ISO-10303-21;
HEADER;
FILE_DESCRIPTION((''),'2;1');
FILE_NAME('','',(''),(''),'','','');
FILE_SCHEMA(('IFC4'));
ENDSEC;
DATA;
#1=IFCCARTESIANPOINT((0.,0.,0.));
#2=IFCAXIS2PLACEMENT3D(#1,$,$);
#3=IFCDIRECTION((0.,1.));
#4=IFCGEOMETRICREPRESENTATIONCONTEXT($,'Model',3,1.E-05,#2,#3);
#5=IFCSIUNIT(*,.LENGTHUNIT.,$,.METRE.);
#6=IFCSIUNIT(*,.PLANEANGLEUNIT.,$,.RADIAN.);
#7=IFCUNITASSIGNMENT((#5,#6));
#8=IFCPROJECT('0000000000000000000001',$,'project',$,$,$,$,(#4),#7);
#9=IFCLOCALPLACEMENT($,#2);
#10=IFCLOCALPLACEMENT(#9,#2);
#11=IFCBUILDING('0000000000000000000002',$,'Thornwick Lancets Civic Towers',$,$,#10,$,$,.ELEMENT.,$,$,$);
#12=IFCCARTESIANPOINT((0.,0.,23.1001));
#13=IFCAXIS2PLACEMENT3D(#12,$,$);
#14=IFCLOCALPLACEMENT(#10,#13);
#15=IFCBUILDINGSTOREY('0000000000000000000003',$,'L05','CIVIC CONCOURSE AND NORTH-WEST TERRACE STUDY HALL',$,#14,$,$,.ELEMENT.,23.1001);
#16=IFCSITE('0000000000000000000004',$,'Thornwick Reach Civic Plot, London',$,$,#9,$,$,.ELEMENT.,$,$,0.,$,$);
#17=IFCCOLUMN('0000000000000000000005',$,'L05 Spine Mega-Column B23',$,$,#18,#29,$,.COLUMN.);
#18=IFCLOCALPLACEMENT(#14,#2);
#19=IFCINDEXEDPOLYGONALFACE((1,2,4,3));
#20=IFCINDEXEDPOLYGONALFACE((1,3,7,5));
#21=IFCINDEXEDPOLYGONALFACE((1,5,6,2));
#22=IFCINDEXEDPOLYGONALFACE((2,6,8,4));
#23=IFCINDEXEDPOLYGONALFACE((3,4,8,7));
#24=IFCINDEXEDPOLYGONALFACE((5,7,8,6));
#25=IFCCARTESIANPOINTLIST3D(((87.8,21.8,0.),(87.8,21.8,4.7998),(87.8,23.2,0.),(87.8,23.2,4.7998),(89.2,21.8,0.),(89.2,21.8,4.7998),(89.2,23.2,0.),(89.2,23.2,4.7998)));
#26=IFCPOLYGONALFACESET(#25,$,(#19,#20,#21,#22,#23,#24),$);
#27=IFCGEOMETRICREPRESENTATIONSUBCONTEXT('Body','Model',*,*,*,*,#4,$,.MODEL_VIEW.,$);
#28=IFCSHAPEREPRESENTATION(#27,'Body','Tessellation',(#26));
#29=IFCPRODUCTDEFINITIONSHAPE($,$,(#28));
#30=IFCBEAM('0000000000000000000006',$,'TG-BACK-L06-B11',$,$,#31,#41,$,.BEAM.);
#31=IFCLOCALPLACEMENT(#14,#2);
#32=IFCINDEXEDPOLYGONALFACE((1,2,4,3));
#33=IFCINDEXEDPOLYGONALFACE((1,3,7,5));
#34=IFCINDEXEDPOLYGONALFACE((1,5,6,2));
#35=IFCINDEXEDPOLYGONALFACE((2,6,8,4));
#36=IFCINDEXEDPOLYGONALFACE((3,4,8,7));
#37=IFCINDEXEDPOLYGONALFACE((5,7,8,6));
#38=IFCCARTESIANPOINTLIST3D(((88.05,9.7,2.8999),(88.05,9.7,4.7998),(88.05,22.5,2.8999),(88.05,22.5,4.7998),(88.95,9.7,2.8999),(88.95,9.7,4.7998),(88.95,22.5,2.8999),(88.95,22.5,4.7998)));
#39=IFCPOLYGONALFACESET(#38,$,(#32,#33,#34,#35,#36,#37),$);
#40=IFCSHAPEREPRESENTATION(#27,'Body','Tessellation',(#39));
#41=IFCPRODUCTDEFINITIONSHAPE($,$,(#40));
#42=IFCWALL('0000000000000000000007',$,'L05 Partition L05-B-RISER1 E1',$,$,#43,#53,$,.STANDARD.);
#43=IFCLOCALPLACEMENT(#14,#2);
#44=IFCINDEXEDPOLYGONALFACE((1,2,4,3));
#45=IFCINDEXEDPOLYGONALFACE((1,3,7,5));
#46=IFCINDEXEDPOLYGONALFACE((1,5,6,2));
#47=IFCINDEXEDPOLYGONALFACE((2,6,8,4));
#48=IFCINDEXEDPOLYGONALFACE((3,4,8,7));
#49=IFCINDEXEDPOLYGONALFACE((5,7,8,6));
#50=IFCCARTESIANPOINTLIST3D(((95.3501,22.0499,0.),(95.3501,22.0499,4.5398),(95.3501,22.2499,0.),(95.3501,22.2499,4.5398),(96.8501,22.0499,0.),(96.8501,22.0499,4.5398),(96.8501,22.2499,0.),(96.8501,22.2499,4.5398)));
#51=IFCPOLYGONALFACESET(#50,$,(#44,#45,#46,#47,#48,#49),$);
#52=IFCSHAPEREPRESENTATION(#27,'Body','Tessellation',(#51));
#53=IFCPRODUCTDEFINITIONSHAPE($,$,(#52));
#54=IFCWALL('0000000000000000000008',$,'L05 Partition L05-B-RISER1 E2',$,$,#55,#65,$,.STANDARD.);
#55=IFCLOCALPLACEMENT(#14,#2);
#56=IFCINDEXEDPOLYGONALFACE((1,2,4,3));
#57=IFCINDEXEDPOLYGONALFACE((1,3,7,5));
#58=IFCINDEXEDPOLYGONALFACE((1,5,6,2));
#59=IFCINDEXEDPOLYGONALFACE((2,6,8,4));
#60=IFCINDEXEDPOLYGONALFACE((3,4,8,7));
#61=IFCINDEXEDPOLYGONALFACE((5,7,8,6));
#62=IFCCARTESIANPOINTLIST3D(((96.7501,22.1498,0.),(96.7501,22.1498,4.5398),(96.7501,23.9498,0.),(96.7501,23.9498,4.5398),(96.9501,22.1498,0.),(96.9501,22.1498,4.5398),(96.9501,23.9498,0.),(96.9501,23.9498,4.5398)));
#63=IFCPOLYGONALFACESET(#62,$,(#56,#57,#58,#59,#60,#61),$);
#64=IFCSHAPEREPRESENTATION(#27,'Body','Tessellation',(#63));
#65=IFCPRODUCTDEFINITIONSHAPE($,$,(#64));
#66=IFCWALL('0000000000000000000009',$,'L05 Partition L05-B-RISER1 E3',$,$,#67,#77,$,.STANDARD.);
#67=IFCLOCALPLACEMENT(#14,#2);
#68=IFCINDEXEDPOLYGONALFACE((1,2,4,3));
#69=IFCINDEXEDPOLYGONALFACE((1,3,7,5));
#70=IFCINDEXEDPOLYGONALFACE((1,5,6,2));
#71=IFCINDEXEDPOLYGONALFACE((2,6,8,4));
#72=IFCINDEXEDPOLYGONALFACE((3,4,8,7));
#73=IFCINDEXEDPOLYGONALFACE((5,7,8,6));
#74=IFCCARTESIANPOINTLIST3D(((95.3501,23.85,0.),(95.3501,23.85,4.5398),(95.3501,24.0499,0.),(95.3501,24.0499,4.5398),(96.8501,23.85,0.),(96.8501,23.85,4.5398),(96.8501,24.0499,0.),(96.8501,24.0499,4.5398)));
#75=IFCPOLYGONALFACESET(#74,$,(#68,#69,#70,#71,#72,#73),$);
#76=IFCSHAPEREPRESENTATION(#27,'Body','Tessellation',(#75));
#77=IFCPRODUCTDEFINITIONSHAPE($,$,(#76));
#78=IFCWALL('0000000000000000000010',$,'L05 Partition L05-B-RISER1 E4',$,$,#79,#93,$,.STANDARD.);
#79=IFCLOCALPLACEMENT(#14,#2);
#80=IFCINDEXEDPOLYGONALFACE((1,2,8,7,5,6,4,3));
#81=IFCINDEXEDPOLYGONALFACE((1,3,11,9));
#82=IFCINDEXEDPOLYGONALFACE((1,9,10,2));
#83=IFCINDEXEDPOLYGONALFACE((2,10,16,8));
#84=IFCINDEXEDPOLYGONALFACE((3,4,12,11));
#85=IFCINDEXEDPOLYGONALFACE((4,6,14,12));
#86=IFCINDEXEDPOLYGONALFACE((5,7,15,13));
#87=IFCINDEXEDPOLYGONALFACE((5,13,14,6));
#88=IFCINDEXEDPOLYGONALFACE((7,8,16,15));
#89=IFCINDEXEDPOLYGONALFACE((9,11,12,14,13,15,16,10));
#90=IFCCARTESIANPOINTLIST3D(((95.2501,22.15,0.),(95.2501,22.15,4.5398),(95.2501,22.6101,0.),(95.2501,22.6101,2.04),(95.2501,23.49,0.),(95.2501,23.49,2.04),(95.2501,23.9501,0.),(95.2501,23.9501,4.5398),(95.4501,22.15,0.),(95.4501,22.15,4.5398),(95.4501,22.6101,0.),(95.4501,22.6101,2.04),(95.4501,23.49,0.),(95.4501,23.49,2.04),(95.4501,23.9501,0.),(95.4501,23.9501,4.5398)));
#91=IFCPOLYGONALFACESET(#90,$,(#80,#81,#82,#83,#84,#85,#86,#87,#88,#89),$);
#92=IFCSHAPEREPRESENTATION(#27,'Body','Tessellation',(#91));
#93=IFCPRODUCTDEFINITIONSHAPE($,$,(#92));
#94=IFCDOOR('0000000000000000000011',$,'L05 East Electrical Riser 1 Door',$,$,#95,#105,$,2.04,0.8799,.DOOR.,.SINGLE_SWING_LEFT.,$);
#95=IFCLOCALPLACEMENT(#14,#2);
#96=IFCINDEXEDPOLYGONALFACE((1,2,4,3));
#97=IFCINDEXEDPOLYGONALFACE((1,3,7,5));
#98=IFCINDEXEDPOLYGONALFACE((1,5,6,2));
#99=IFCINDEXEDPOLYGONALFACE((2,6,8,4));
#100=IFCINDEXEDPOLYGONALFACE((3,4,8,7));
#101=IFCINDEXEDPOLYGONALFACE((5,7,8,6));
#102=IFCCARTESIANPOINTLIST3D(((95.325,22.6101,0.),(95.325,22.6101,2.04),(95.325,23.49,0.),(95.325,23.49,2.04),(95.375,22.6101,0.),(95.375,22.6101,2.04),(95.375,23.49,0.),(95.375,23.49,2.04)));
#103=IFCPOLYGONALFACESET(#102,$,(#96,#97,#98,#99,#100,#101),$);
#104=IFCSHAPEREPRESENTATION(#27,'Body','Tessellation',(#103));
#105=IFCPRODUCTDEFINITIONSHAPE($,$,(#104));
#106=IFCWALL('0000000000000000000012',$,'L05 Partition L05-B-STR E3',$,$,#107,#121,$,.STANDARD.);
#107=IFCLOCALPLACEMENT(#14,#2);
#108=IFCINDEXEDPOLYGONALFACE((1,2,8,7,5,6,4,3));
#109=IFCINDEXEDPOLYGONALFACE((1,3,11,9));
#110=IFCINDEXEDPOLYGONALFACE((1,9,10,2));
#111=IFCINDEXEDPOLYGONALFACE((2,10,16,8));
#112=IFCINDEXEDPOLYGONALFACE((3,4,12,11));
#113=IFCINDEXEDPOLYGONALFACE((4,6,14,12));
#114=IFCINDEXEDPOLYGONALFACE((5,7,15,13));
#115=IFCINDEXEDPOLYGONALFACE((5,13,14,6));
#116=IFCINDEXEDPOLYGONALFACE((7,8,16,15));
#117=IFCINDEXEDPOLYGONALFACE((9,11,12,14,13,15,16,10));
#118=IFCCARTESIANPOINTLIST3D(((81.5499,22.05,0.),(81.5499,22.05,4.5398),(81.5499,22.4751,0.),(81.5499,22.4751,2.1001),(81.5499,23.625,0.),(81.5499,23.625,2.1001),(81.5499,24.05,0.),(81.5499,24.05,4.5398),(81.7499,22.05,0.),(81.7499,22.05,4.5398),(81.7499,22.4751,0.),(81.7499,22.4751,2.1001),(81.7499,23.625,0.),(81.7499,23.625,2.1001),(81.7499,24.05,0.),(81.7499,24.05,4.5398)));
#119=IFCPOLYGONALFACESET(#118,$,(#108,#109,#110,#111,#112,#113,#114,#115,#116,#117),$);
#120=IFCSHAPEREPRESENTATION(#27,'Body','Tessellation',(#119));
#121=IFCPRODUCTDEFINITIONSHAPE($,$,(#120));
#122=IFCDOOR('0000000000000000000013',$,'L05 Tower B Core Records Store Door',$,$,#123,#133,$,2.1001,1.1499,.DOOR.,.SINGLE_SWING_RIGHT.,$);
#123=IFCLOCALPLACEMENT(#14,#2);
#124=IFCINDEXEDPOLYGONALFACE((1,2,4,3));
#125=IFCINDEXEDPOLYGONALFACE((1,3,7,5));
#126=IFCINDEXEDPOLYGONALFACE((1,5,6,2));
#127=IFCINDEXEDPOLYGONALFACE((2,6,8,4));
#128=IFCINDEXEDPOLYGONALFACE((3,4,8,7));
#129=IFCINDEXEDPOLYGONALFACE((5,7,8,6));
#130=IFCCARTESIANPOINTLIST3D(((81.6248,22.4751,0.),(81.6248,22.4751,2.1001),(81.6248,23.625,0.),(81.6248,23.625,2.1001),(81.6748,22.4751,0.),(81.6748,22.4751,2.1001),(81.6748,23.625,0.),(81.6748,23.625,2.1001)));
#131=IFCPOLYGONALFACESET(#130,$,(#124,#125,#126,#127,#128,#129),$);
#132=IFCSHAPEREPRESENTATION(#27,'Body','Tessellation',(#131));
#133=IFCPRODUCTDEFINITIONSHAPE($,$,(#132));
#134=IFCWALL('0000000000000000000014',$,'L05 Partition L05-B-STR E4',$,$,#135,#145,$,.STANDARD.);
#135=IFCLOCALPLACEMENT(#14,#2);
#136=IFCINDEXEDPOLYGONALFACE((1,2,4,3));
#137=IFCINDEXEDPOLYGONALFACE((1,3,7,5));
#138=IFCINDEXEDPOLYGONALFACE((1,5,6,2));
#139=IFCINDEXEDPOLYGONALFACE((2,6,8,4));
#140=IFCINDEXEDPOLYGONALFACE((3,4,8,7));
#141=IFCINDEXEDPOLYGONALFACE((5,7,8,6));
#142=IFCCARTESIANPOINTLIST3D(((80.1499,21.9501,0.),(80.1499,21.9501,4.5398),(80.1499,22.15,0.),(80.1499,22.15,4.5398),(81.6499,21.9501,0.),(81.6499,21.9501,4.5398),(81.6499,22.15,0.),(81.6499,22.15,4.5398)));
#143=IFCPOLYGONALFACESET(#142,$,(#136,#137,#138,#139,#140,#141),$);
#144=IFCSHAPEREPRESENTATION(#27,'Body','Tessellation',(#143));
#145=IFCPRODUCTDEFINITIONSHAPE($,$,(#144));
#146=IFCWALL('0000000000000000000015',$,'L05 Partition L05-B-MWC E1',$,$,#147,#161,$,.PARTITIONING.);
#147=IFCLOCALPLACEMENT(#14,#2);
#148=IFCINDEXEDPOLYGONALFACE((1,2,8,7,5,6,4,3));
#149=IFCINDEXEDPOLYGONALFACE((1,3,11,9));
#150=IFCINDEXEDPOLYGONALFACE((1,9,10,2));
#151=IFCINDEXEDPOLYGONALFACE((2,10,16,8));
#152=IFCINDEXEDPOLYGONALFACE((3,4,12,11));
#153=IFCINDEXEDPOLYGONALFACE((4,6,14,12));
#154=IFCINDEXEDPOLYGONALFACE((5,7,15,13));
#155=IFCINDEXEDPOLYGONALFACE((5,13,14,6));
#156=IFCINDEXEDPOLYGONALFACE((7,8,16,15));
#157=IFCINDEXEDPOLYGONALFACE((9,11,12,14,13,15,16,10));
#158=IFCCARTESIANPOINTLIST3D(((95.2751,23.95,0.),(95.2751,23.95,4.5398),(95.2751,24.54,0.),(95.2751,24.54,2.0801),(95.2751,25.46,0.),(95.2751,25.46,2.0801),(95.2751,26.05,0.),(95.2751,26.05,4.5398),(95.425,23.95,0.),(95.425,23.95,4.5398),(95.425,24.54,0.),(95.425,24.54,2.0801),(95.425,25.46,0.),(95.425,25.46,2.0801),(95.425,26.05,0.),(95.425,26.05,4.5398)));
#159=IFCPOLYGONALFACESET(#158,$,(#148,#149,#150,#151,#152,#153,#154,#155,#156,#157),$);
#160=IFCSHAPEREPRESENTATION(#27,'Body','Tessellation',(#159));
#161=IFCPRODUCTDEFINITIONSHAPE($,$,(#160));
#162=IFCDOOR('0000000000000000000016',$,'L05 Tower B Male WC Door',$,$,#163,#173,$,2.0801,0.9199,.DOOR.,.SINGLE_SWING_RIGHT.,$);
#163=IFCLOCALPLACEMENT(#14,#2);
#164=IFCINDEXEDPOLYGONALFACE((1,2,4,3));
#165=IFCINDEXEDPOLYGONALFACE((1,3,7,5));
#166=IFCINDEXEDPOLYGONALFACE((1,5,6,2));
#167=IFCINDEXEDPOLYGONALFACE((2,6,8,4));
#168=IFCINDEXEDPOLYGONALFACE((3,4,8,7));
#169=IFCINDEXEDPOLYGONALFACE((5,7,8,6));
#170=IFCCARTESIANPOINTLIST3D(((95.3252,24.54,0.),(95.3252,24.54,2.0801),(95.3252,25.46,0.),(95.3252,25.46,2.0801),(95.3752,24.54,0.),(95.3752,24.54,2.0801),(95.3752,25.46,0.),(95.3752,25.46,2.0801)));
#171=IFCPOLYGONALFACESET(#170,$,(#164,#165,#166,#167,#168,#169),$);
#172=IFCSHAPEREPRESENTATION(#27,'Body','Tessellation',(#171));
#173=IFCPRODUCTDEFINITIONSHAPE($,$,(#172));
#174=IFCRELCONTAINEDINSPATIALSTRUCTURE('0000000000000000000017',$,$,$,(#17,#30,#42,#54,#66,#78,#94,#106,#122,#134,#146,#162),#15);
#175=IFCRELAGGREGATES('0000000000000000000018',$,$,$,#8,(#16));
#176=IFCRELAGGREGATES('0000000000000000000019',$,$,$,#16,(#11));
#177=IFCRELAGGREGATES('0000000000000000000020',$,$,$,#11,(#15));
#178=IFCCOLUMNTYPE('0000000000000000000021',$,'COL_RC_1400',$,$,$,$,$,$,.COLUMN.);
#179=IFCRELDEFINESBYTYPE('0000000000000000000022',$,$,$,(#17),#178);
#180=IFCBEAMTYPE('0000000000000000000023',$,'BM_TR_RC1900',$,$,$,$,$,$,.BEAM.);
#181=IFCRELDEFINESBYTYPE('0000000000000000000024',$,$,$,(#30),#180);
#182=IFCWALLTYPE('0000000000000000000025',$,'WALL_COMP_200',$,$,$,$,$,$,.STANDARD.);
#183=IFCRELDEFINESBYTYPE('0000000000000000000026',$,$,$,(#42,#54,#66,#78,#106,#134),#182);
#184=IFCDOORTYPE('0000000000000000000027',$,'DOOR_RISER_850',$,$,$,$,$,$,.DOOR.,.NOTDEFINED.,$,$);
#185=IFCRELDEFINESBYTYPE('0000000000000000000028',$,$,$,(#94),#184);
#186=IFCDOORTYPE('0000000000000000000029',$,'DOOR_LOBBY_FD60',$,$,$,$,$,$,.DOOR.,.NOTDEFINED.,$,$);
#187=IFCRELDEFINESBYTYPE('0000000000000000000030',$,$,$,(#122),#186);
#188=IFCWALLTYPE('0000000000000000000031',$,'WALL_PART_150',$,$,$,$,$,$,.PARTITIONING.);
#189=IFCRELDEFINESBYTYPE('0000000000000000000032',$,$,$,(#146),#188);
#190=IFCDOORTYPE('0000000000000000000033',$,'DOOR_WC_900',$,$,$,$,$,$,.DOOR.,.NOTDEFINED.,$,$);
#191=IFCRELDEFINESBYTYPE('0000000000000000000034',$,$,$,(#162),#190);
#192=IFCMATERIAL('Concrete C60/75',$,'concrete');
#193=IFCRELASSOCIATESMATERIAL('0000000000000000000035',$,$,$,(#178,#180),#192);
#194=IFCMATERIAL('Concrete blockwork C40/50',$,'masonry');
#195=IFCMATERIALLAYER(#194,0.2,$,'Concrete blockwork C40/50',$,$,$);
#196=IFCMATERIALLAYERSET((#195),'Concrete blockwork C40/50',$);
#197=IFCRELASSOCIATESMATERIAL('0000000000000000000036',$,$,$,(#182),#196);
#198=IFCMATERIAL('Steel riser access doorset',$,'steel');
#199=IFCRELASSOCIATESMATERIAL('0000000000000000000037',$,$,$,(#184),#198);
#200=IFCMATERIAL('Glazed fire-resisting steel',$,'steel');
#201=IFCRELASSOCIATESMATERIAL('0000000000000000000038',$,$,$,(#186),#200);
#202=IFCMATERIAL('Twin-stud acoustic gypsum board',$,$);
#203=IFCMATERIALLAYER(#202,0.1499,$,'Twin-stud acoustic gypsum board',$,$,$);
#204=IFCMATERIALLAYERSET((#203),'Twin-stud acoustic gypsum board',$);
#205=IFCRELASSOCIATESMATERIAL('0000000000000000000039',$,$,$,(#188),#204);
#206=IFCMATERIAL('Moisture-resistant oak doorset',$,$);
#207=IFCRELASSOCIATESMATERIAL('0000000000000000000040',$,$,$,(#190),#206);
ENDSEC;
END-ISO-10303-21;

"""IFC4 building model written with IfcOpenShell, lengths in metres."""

from ifc_helpers import new_model, si_unit, direction, frame, frame_2d, origin, origin_2d, place, context, subcontext, project, spatial, rectangle, extrude, material, layer, layer_set, material_profile, profile_set, type_object, element, fill, save


model = new_model("IFC4")

# Units and contexts
model_context = context("Model", 3, precision=1e-05, world=origin(), true_north=direction((0.0, 1.0)))
body_context = subcontext(model_context, "Body", "Model", "MODEL_VIEW")
ifc_project = project(units=[si_unit("LENGTHUNIT", "METRE"), si_unit("PLANEANGLEUNIT", "RADIAN")], contexts=[model_context])

# Site, building, storey
site_placement = place(None, origin())
site = spatial("IfcSite", under=ifc_project, at=site_placement, Name="Thornwick Reach Civic Plot, London", CompositionType="ELEMENT", RefElevation=0.0)
building_placement = place(site_placement, origin())
building = spatial("IfcBuilding", under=site, at=building_placement, Name="Thornwick Lancets Civic Towers", CompositionType="ELEMENT")
storey_placement = place(building_placement, frame((0.0, 0.0, 23.1001)))
storey = spatial("IfcBuildingStorey", under=building, at=storey_placement, Name="L05", Description="CIVIC CONCOURSE AND NORTH-WEST TERRACE STUDY HALL", CompositionType="ELEMENT", Elevation=23.1001)

# Column
ifc_material_1 = material(Name="Concrete C60/75", Category="concrete")
ifc_material_profile_1 = material_profile(ifc_material_1, rectangle(XDim=1.3999, YDim=1.3999, at=origin_2d()), Name="RC 1400x1400")
ifc_profile_set_1 = profile_set([ifc_material_profile_1], Name="Concrete C60/75")
column_type = type_object("IfcColumnType", Name="COL_RC_1400", PredefinedType="COLUMN", material=ifc_profile_set_1)
column_placement = place(storey_placement, frame((88.5, 22.5, 0.0), z_axis=(0.0, 0.0, 1.0), x_axis=(1.0, 0.0, 0.0)))
element("IfcColumn", 1, at=column_placement, inside=storey, type_object=column_type, Name="L05 Spine Mega-Column B23", PredefinedType="COLUMN", context=body_context, shape_type="SweptSolid", body=[
    extrude(rectangle(XDim=1.3999, YDim=1.3999, at=origin_2d()), origin(), (0.0, 0.0, 1.0), 4.7998),
])

# Beam
ifc_material_profile_2 = material_profile(ifc_material_1, rectangle(XDim=0.8999, YDim=1.8999, at=origin_2d()), Name="RC 900x1900")
ifc_profile_set_2 = profile_set([ifc_material_profile_2], Name="Concrete C60/75")
beam_type = type_object("IfcBeamType", Name="BM_TR_RC1900", PredefinedType="BEAM", material=ifc_profile_set_2)
beam_placement = place(storey_placement, frame((88.5, 22.5, 3.8499), z_axis=(0.0, -1.0, 0.0), x_axis=(1.0, 0.0, 0.0)))
element("IfcBeam", 2, at=beam_placement, inside=storey, type_object=beam_type, Name="TG-BACK-L06-B11", PredefinedType="BEAM", context=body_context, shape_type="SweptSolid", body=[
    extrude(rectangle(XDim=0.8999, YDim=1.8999, at=origin_2d()), origin(), (0.0, 0.0, 1.0), 12.8),
])

# Walls
ifc_material_2 = material(Name="Concrete blockwork C40/50", Category="masonry")
ifc_layer_1 = layer(ifc_material_2, 0.2, Name="Concrete blockwork C40/50")
ifc_layer_set_1 = layer_set([ifc_layer_1], Name="Concrete blockwork C40/50")
wall_type_1 = type_object("IfcWallType", Name="WALL_COMP_200", PredefinedType="STANDARD", material=ifc_layer_set_1)
wall_1_placement = place(storey_placement, frame((95.3501, 22.1499, 0.0), z_axis=(0.0, 0.0, 1.0), x_axis=(1.0, 0.0, 0.0)))
element("IfcWall", 3, at=wall_1_placement, inside=storey, type_object=wall_type_1, Name="L05 Partition L05-B-RISER1 E1", PredefinedType="STANDARD", context=body_context, shape_type="SweptSolid", body=[
    extrude(rectangle(XDim=1.5, YDim=0.2, at=frame_2d((0.75, 0.0))), origin(), (0.0, 0.0, 1.0), 4.5398),
])
wall_2_placement = place(storey_placement, frame((96.8501, 22.1499, 0.0), z_axis=(0.0, 0.0, 1.0), x_axis=(0.0, 1.0, 0.0)))
element("IfcWall", 4, at=wall_2_placement, inside=storey, type_object=wall_type_1, Name="L05 Partition L05-B-RISER1 E2", PredefinedType="STANDARD", context=body_context, shape_type="SweptSolid", body=[
    extrude(rectangle(XDim=1.8, YDim=0.2, at=frame_2d((0.8999, 0.0))), origin(), (0.0, 0.0, 1.0), 4.5398),
])
wall_3_placement = place(storey_placement, frame((96.8501, 23.95, 0.0), z_axis=(0.0, 0.0, 1.0), x_axis=(-1.0, 0.0, 0.0)))
element("IfcWall", 5, at=wall_3_placement, inside=storey, type_object=wall_type_1, Name="L05 Partition L05-B-RISER1 E3", PredefinedType="STANDARD", context=body_context, shape_type="SweptSolid", body=[
    extrude(rectangle(XDim=1.5, YDim=0.2, at=frame_2d((0.75, 0.0))), origin(), (0.0, 0.0, 1.0), 4.5398),
])

# Walls, openings, doors
wall_4_placement = place(storey_placement, frame((95.3501, 23.95, 0.0), z_axis=(0.0, 0.0, 1.0), x_axis=(0.0, -1.0, 0.0)))
wall_4 = element("IfcWall", 6, at=wall_4_placement, inside=storey, type_object=wall_type_1, Name="L05 Partition L05-B-RISER1 E4", PredefinedType="STANDARD", context=body_context, shape_type="SweptSolid", body=[
    extrude(rectangle(XDim=1.8, YDim=0.2, at=frame_2d((0.8999, 0.0))), origin(), (0.0, 0.0, 1.0), 4.5398),
])
opening_1_placement = place(wall_4_placement, frame((0.46, 0.0, 0.0)))
opening_1 = element("IfcOpeningElement", 7, at=opening_1_placement, cuts=wall_4, PredefinedType="OPENING", context=body_context, shape_type="SweptSolid", body=[
    extrude(rectangle(XDim=0.8799, YDim=2.04, at=frame_2d((0.4399, 1.02))), frame((0.0, 0.1099, 0.0), z_axis=(0.0, -1.0, 0.0), x_axis=(1.0, 0.0, 0.0)), (0.0, 0.0, 1.0), 0.22),
])
ifc_material_3 = material(Name="Steel riser access doorset", Category="steel")
door_type_1 = type_object("IfcDoorType", Name="DOOR_RISER_850", OperationType="NOTDEFINED", PredefinedType="DOOR", material=ifc_material_3)
door_1_placement = place(opening_1_placement, origin())
door_1 = element("IfcDoor", 8, at=door_1_placement, inside=storey, type_object=door_type_1, Name="L05 East Electrical Riser 1 Door", OperationType="SINGLE_SWING_LEFT", OverallHeight=2.04, OverallWidth=0.8799, PredefinedType="DOOR", context=body_context, shape_type="SweptSolid", body=[
    extrude(rectangle(XDim=0.8799, YDim=2.04, at=frame_2d((0.4399, 1.02))), frame((0.0, 0.0249, 0.0), z_axis=(0.0, -1.0, 0.0), x_axis=(1.0, 0.0, 0.0)), (0.0, 0.0, 1.0), 0.05),
])
fill(opening_1, door_1)
wall_5_placement = place(storey_placement, frame((81.6499, 24.05, 0.0), z_axis=(0.0, 0.0, 1.0), x_axis=(0.0, -1.0, 0.0)))
wall_5 = element("IfcWall", 9, at=wall_5_placement, inside=storey, type_object=wall_type_1, Name="L05 Partition L05-B-STR E3", PredefinedType="STANDARD", context=body_context, shape_type="SweptSolid", body=[
    extrude(rectangle(XDim=2.0, YDim=0.2, at=frame_2d((1.0, 0.0))), origin(), (0.0, 0.0, 1.0), 4.5398),
])
opening_2_placement = place(wall_5_placement, frame((0.425, 0.0, 0.0)))
opening_2 = element("IfcOpeningElement", 10, at=opening_2_placement, cuts=wall_5, PredefinedType="OPENING", context=body_context, shape_type="SweptSolid", body=[
    extrude(rectangle(XDim=1.1499, YDim=2.1001, at=frame_2d((0.575, 1.05))), frame((0.0, 0.1099, 0.0), z_axis=(0.0, -1.0, 0.0), x_axis=(1.0, 0.0, 0.0)), (0.0, 0.0, 1.0), 0.22),
])
ifc_material_4 = material(Name="Glazed fire-resisting steel", Category="steel")
door_type_2 = type_object("IfcDoorType", Name="DOOR_LOBBY_FD60", OperationType="NOTDEFINED", PredefinedType="DOOR", material=ifc_material_4)
door_2_placement = place(opening_2_placement, origin())
door_2 = element("IfcDoor", 11, at=door_2_placement, inside=storey, type_object=door_type_2, Name="L05 Tower B Core Records Store Door", OperationType="SINGLE_SWING_RIGHT", OverallHeight=2.1001, OverallWidth=1.1499, PredefinedType="DOOR", context=body_context, shape_type="SweptSolid", body=[
    extrude(rectangle(XDim=1.1499, YDim=2.1001, at=frame_2d((0.575, 1.05))), frame((0.0, 0.0249, 0.0), z_axis=(0.0, -1.0, 0.0), x_axis=(1.0, 0.0, 0.0)), (0.0, 0.0, 1.0), 0.05),
])
fill(opening_2, door_2)

# Wall
wall_6_placement = place(storey_placement, frame((81.6499, 22.05, 0.0), z_axis=(0.0, 0.0, 1.0), x_axis=(-1.0, 0.0, 0.0)))
element("IfcWall", 12, at=wall_6_placement, inside=storey, type_object=wall_type_1, Name="L05 Partition L05-B-STR E4", PredefinedType="STANDARD", context=body_context, shape_type="SweptSolid", body=[
    extrude(rectangle(XDim=1.5, YDim=0.2, at=frame_2d((0.75, 0.0))), origin(), (0.0, 0.0, 1.0), 4.5398),
])

# Wall, opening, door
ifc_material_5 = material(Name="Twin-stud acoustic gypsum board")
ifc_layer_2 = layer(ifc_material_5, 0.1499, Name="Twin-stud acoustic gypsum board")
ifc_layer_set_2 = layer_set([ifc_layer_2], Name="Twin-stud acoustic gypsum board")
wall_type_2 = type_object("IfcWallType", Name="WALL_PART_150", PredefinedType="PARTITIONING", material=ifc_layer_set_2)
wall_7_placement = place(storey_placement, frame((95.3501, 23.95, 0.0), z_axis=(0.0, 0.0, 1.0), x_axis=(0.0, 1.0, 0.0)))
wall_7 = element("IfcWall", 13, at=wall_7_placement, inside=storey, type_object=wall_type_2, Name="L05 Partition L05-B-MWC E1", PredefinedType="PARTITIONING", context=body_context, shape_type="SweptSolid", body=[
    extrude(rectangle(XDim=2.1001, YDim=0.1499, at=frame_2d((1.05, 0.0))), origin(), (0.0, 0.0, 1.0), 4.5398),
])
opening_3_placement = place(wall_7_placement, frame((0.5901, 0.0, 0.0)))
opening_3 = element("IfcOpeningElement", 14, at=opening_3_placement, cuts=wall_7, PredefinedType="OPENING", context=body_context, shape_type="SweptSolid", body=[
    extrude(rectangle(XDim=0.9199, YDim=2.0801, at=frame_2d((0.46, 1.04))), frame((0.0, 0.085, 0.0), z_axis=(0.0, -1.0, 0.0), x_axis=(1.0, 0.0, 0.0)), (0.0, 0.0, 1.0), 0.1699),
])
ifc_material_6 = material(Name="Moisture-resistant oak doorset")
door_type_3 = type_object("IfcDoorType", Name="DOOR_WC_900", OperationType="NOTDEFINED", PredefinedType="DOOR", material=ifc_material_6)
door_3_placement = place(opening_3_placement, origin())
door_3 = element("IfcDoor", 15, at=door_3_placement, inside=storey, type_object=door_type_3, Name="L05 Tower B Male WC Door", OperationType="SINGLE_SWING_RIGHT", OverallHeight=2.0801, OverallWidth=0.9199, PredefinedType="DOOR", context=body_context, shape_type="SweptSolid", body=[
    extrude(rectangle(XDim=0.9199, YDim=2.0801, at=frame_2d((0.46, 1.04))), frame((0.0, 0.0249, 0.0), z_axis=(0.0, -1.0, 0.0), x_axis=(1.0, 0.0, 0.0)), (0.0, 0.0, 1.0), 0.05),
])
fill(opening_3, door_3)

save(model, "model.ifc")
